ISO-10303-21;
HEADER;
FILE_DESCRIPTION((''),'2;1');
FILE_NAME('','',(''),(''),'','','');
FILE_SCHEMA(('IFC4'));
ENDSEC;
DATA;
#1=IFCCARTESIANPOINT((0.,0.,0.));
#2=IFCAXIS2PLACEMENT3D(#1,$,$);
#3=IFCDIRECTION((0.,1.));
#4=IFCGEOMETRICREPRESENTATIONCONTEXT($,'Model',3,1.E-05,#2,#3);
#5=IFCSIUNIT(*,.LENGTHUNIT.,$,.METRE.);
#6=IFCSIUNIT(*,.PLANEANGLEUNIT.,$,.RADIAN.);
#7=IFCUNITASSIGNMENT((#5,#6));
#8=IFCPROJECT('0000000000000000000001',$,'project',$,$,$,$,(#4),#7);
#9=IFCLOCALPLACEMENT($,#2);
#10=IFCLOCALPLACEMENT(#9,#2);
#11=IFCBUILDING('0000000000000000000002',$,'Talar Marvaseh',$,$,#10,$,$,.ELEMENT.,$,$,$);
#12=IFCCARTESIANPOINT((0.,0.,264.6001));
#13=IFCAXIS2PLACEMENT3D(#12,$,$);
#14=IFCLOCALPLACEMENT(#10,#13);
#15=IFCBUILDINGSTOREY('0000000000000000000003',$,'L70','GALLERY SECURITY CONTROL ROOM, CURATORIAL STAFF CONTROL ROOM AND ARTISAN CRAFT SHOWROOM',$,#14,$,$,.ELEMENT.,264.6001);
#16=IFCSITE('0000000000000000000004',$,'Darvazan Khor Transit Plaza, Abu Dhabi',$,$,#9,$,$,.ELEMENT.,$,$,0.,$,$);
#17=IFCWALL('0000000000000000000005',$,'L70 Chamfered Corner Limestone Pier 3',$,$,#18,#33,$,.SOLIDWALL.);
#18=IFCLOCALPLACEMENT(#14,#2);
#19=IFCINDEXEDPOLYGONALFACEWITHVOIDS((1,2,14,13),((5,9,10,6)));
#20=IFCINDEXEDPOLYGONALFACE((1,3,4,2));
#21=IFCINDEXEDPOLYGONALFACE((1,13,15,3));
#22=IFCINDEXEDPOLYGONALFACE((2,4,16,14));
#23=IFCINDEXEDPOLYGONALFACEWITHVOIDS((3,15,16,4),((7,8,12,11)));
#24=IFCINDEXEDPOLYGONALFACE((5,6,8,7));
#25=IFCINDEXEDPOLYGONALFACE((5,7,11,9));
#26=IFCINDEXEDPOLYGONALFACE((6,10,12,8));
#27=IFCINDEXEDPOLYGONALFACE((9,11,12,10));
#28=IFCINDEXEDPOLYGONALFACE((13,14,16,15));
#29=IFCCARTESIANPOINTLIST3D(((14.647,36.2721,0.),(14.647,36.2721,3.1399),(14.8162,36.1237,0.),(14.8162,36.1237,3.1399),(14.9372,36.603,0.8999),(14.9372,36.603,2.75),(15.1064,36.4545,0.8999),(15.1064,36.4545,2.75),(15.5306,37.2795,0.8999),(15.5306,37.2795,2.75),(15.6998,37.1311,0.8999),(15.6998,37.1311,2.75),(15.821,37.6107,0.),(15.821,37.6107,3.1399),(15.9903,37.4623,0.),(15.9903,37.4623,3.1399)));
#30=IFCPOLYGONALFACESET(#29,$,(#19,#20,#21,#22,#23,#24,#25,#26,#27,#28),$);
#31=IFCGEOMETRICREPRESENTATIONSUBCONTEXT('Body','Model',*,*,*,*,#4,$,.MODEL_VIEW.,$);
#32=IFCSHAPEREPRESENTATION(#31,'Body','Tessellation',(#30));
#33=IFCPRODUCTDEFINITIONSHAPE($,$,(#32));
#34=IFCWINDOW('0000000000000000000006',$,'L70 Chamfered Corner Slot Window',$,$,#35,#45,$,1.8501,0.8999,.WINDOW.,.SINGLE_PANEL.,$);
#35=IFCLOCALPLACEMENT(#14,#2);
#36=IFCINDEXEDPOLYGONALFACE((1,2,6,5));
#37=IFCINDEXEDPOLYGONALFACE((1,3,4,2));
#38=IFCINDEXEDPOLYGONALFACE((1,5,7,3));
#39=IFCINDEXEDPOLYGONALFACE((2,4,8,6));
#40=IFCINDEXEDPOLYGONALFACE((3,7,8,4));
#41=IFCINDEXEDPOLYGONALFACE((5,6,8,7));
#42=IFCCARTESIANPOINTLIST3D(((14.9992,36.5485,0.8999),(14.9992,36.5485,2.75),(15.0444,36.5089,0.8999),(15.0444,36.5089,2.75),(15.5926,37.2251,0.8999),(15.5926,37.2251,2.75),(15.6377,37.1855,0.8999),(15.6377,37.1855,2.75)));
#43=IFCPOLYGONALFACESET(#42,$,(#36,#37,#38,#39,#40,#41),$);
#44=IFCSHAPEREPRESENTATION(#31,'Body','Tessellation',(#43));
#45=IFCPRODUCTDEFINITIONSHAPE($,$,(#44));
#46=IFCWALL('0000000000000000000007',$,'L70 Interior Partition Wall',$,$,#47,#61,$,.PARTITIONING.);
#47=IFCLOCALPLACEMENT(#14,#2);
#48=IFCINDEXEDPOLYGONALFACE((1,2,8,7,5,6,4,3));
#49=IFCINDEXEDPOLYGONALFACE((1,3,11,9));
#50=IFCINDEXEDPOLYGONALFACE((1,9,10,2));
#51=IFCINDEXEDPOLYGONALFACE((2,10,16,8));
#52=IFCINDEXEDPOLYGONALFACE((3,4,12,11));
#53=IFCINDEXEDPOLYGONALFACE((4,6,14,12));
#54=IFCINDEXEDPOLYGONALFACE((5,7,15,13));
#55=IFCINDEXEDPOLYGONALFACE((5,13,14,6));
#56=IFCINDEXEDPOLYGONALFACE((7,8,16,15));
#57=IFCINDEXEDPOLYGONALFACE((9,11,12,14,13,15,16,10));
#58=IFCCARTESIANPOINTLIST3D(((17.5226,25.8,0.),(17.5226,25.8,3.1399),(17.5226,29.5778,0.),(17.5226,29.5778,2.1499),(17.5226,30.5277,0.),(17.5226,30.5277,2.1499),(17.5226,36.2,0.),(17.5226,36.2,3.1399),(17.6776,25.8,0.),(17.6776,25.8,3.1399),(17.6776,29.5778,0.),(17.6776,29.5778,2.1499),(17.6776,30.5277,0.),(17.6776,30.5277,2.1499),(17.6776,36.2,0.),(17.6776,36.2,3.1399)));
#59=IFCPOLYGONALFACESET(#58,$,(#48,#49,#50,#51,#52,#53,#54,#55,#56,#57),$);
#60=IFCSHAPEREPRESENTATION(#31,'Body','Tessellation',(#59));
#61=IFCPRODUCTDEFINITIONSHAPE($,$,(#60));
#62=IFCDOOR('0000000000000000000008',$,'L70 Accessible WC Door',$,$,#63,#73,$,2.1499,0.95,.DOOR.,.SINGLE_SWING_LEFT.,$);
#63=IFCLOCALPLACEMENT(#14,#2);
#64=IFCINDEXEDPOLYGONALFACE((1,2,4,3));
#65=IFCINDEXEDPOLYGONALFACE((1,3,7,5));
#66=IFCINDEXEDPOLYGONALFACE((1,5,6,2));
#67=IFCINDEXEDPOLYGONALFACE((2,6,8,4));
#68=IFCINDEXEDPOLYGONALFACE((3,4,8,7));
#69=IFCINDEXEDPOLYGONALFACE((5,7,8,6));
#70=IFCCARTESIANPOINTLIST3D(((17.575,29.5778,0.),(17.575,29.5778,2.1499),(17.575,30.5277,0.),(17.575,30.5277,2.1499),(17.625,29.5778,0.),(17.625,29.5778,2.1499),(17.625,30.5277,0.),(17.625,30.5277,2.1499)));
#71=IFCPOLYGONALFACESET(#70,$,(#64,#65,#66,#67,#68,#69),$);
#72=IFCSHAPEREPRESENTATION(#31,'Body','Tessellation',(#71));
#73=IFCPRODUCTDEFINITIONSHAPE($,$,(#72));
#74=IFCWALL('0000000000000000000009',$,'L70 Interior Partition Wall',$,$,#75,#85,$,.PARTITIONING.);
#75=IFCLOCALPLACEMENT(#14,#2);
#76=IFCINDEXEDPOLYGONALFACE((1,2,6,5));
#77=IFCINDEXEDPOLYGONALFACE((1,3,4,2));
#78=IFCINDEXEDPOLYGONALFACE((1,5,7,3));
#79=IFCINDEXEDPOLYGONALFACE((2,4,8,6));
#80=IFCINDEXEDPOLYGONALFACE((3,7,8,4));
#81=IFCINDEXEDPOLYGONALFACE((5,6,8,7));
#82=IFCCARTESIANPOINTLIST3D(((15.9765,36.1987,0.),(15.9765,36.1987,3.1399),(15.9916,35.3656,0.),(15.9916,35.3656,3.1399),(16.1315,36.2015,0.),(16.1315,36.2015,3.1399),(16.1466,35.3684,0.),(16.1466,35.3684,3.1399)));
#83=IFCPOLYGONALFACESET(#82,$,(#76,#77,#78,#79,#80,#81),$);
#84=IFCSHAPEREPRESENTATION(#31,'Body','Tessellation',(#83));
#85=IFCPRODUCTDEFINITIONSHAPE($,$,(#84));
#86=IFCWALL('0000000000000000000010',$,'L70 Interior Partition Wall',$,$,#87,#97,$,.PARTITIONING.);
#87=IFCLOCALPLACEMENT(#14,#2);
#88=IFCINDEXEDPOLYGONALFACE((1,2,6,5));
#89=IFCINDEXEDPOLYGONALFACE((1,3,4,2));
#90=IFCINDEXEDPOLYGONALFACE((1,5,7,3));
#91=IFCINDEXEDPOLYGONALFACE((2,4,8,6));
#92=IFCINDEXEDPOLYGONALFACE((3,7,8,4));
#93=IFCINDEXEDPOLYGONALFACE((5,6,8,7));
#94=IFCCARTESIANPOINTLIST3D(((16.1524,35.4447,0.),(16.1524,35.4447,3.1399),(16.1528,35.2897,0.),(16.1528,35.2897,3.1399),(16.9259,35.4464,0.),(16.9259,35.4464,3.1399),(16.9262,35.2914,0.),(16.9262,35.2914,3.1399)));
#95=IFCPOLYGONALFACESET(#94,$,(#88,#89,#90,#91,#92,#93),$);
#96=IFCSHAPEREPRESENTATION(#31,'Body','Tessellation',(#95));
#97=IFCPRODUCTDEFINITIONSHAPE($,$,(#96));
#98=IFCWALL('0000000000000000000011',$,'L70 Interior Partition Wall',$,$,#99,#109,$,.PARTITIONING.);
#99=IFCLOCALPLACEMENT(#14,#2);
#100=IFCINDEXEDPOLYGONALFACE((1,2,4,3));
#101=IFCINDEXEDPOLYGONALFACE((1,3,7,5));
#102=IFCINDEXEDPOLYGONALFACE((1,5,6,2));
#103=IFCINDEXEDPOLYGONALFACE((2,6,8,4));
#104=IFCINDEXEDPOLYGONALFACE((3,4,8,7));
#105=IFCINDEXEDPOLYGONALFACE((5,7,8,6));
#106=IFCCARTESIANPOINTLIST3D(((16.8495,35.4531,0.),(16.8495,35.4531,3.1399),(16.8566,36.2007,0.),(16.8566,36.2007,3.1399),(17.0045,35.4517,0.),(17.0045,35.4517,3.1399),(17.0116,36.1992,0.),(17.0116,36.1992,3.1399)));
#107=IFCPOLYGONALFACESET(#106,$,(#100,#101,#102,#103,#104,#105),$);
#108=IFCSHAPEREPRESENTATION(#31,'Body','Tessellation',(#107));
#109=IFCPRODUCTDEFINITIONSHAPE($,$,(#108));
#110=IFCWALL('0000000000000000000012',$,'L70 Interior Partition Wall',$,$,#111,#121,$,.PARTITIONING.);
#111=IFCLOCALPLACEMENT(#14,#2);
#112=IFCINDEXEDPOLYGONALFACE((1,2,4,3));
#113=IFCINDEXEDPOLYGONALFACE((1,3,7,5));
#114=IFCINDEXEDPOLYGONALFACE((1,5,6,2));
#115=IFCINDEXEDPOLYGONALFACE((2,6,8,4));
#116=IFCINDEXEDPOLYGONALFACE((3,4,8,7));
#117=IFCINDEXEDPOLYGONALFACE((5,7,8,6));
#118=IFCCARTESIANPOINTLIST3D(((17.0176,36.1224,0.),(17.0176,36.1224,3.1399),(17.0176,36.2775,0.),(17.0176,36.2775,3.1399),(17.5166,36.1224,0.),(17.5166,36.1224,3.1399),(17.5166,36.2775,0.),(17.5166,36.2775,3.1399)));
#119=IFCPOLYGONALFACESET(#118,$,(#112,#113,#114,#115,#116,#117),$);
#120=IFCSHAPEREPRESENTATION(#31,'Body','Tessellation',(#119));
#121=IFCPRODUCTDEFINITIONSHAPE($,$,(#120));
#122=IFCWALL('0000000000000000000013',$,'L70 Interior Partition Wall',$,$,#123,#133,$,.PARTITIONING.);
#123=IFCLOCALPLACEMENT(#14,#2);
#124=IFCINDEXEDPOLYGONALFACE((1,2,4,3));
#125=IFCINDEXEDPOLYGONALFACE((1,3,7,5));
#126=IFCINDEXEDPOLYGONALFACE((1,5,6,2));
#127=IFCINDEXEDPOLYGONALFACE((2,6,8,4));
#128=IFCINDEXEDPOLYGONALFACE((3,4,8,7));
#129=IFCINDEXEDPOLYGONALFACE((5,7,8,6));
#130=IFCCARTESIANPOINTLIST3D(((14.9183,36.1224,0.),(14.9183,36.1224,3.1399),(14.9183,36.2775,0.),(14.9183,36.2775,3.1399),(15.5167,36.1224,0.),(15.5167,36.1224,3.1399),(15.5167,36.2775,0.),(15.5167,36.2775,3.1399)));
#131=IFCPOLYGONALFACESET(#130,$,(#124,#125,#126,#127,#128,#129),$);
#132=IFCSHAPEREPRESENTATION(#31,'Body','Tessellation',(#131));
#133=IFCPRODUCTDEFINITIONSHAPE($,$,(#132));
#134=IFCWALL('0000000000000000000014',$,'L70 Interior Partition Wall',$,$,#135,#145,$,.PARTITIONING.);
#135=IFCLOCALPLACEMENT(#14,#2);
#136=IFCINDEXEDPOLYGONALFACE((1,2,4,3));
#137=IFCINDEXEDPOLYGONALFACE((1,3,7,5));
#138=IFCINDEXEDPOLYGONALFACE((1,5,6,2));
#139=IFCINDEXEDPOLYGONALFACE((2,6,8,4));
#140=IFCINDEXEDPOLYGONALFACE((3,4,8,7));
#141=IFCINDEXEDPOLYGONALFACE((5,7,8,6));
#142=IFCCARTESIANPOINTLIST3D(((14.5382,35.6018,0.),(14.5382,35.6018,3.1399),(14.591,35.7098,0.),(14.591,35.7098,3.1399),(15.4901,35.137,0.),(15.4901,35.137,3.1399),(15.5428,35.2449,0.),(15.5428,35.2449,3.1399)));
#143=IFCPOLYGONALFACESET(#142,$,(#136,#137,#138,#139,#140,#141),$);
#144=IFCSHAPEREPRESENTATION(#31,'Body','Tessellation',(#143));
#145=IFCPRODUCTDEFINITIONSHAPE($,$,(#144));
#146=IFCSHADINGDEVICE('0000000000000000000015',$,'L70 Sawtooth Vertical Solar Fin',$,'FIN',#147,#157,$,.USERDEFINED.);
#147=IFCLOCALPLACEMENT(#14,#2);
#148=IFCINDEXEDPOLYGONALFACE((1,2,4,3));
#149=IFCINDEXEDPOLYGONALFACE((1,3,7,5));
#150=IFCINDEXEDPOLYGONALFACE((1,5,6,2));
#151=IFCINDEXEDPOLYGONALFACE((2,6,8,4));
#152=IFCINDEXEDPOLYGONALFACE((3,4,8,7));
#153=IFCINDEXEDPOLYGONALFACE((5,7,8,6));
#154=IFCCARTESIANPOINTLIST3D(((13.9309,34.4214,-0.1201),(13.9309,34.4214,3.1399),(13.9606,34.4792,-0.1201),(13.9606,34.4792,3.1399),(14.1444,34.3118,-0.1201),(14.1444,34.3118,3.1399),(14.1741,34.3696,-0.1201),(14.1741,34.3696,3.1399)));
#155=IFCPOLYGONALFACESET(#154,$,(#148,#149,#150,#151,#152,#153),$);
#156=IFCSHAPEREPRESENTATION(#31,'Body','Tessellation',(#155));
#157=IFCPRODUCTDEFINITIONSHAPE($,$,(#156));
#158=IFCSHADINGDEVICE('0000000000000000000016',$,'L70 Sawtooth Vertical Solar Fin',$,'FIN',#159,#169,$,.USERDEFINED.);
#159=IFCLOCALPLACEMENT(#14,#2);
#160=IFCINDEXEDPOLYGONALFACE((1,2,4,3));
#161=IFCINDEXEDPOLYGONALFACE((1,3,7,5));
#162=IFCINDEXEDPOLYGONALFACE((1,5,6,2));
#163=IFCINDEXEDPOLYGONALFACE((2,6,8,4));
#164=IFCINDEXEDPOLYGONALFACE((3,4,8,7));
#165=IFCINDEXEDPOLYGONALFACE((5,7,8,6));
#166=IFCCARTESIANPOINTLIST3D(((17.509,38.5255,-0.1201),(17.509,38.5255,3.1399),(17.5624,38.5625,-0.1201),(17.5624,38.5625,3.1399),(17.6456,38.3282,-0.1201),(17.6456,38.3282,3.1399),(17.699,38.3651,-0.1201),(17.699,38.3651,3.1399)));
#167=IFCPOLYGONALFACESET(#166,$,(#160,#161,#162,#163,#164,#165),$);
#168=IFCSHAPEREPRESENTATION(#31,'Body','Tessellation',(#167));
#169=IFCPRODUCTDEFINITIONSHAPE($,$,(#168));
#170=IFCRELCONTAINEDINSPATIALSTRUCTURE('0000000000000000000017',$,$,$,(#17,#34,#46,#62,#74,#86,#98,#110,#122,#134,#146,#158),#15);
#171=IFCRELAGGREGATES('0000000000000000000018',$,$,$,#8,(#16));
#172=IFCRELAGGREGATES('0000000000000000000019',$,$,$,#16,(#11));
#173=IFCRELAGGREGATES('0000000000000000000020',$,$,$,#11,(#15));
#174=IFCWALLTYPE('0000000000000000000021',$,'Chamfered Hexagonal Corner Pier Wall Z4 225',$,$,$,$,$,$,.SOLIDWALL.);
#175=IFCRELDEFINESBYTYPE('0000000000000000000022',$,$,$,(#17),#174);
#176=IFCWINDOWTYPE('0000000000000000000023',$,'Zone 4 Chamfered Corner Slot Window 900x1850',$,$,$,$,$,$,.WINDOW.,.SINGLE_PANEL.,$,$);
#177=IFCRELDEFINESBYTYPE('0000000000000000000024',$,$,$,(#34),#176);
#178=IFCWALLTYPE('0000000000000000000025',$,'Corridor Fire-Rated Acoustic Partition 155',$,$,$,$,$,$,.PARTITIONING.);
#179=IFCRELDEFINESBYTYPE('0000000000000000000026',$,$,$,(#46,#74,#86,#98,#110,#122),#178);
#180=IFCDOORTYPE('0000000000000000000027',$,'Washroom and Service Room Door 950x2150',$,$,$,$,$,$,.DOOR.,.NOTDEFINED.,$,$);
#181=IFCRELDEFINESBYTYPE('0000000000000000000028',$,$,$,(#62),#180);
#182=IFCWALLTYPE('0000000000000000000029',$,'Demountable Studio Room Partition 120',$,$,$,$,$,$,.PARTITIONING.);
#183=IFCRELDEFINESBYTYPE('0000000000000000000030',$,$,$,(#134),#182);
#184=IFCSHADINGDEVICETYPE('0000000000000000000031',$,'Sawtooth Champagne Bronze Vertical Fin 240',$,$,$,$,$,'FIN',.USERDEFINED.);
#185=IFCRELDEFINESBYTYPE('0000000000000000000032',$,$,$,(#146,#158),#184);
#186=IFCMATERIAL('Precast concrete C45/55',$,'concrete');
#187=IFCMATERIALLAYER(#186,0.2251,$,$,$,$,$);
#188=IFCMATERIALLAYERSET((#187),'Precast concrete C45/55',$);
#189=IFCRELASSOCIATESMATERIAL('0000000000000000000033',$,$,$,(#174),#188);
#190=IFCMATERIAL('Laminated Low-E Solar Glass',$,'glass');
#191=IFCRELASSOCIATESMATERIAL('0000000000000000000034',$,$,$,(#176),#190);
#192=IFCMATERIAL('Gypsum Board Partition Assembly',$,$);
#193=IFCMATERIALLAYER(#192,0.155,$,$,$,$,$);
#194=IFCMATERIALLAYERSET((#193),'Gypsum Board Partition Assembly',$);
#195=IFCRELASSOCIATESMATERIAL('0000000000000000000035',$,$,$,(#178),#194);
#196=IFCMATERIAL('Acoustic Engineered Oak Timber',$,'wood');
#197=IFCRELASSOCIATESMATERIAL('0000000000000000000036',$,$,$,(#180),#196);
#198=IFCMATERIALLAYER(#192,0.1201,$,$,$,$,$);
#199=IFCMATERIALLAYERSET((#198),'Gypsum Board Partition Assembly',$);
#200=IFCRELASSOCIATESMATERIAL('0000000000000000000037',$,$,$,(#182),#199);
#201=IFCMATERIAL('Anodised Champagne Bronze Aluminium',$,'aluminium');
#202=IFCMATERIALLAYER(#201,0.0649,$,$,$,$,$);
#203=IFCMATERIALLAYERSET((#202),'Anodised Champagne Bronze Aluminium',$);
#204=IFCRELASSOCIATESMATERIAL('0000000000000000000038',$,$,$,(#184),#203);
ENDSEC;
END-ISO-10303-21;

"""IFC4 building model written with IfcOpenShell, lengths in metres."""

from ifc_helpers import new_model, si_unit, direction, frame, frame_2d, origin, origin_2d, place, context, subcontext, project, spatial, rectangle, extrude, source, transform, mapped, material, layer, layer_set, type_object, type_shapes, element, fill, save


model = new_model("IFC4")

# Units and contexts
model_context = context("Model", 3, precision=1e-05, world=origin(), true_north=direction((0.0, 1.0)))
body_context = subcontext(model_context, "Body", "Model", "MODEL_VIEW")
ifc_project = project(units=[si_unit("LENGTHUNIT", "METRE"), si_unit("PLANEANGLEUNIT", "RADIAN")], contexts=[model_context])

# Site, building, storey
site_placement = place(None, origin())
site = spatial("IfcSite", under=ifc_project, at=site_placement, Name="Darvazan Khor Transit Plaza, Abu Dhabi", CompositionType="ELEMENT", RefElevation=0.0)
building_placement = place(site_placement, origin())
building = spatial("IfcBuilding", under=site, at=building_placement, Name="Talar Marvaseh", CompositionType="ELEMENT")
storey_placement = place(building_placement, frame((0.0, 0.0, 264.6001)))
storey = spatial("IfcBuildingStorey", under=building, at=storey_placement, Name="L70", Description="GALLERY SECURITY CONTROL ROOM, CURATORIAL STAFF CONTROL ROOM AND ARTISAN CRAFT SHOWROOM", CompositionType="ELEMENT", Elevation=264.6001)

# Shared definitions
ifc_material_1 = material(Name="Laminated Low-E Solar Glass", Category="glass")

# Wall, opening, window
ifc_material_2 = material(Name="Precast concrete C45/55", Category="concrete")
ifc_layer_1 = layer(ifc_material_2, 0.2251)
ifc_layer_set_1 = layer_set([ifc_layer_1], Name="Precast concrete C45/55")
wall_type_1 = type_object("IfcWallType", Name="Chamfered Hexagonal Corner Pier Wall Z4 225", PredefinedType="SOLIDWALL", material=ifc_layer_set_1)
wall_1_placement = place(storey_placement, frame((14.7317, 36.198, 0.0), z_axis=(0.0, 0.0, 1.0), x_axis=(0.659388, 0.751803, 0.0)))
wall_1 = element("IfcWall", 1, at=wall_1_placement, inside=storey, type_object=wall_type_1, Name="L70 Chamfered Corner Limestone Pier 3", PredefinedType="SOLIDWALL", context=body_context, shape_type="SweptSolid", body=[
    extrude(rectangle(XDim=1.7805, YDim=0.2251, at=frame_2d((0.8901, 0.0))), origin(), (0.0, 0.0, 1.0), 3.1399),
])
opening_1_placement = place(wall_1_placement, frame((0.4399, 0.0, 0.8999)))
opening_1 = element("IfcOpeningElement", 2, at=opening_1_placement, cuts=wall_1, PredefinedType="OPENING", context=body_context, shape_type="SweptSolid", body=[
    extrude(rectangle(XDim=0.8999, YDim=1.8501, at=frame_2d((0.45, 0.925))), frame((0.0, 0.1226, 0.0), z_axis=(0.0, -1.0, 0.0), x_axis=(1.0, 0.0, 0.0)), (0.0, 0.0, 1.0), 0.2451),
])
window_type = type_object("IfcWindowType", Name="Zone 4 Chamfered Corner Slot Window 900x1850", PartitioningType="SINGLE_PANEL", PredefinedType="WINDOW", material=ifc_material_1)
shared_shape_1 = source(origin(), body_context, "Body", "SweptSolid", [
    extrude(rectangle(XDim=0.8999, YDim=1.8501, at=frame_2d((0.45, 0.925))), frame((0.0, 0.03, 0.0), z_axis=(0.0, -1.0, 0.0), x_axis=(1.0, 0.0, 0.0)), (0.0, 0.0, 1.0), 0.0601),
])
type_shapes(window_type, [shared_shape_1])
window_placement = place(opening_1_placement, origin())
window = element("IfcWindow", 3, at=window_placement, inside=storey, type_object=window_type, Name="L70 Chamfered Corner Slot Window", OverallHeight=1.8501, OverallWidth=0.8999, PartitioningType="SINGLE_PANEL", PredefinedType="WINDOW", context=body_context, shape_type="MappedRepresentation", body=[
    mapped(shared_shape_1, transform((0.0, 0.0, 0.0), x_axis=(1.0, 0.0, 0.0), y_axis=(0.0, 1.0, 0.0), z_axis=(0.0, 0.0, 1.0), scale=1.0)),
])
fill(opening_1, window)

# Wall, opening, door
ifc_material_3 = material(Name="Gypsum Board Partition Assembly")
ifc_layer_2 = layer(ifc_material_3, 0.155)
ifc_layer_set_2 = layer_set([ifc_layer_2], Name="Gypsum Board Partition Assembly")
wall_type_2 = type_object("IfcWallType", Name="Corridor Fire-Rated Acoustic Partition 155", PredefinedType="PARTITIONING", material=ifc_layer_set_2)
wall_2_placement = place(storey_placement, frame((17.6001, 36.2, 0.0), z_axis=(0.0, 0.0, 1.0), x_axis=(0.0, -1.0, 0.0)))
wall_2 = element("IfcWall", 4, at=wall_2_placement, inside=storey, type_object=wall_type_2, Name="L70 Interior Partition Wall", PredefinedType="PARTITIONING", context=body_context, shape_type="SweptSolid", body=[
    extrude(rectangle(XDim=10.3999, YDim=0.155, at=frame_2d((5.2, 0.0))), origin(), (0.0, 0.0, 1.0), 3.1399),
])
opening_2_placement = place(wall_2_placement, frame((5.6721, 0.0, 0.0)))
opening_2 = element("IfcOpeningElement", 5, at=opening_2_placement, cuts=wall_2, PredefinedType="OPENING", context=body_context, shape_type="SweptSolid", body=[
    extrude(rectangle(XDim=0.95, YDim=2.1499, at=frame_2d((0.4751, 1.075))), frame((0.0, 0.0874, 0.0), z_axis=(0.0, -1.0, 0.0), x_axis=(1.0, 0.0, 0.0)), (0.0, 0.0, 1.0), 0.175),
])
ifc_material_4 = material(Name="Acoustic Engineered Oak Timber", Category="wood")
door_type = type_object("IfcDoorType", Name="Washroom and Service Room Door 950x2150", OperationType="NOTDEFINED", PredefinedType="DOOR", material=ifc_material_4)
shared_shape_2 = source(origin(), body_context, "Body", "SweptSolid", [
    extrude(rectangle(XDim=0.95, YDim=2.1499, at=frame_2d((0.4751, 1.075))), frame((0.0, 0.0249, 0.0), z_axis=(0.0, -1.0, 0.0), x_axis=(1.0, 0.0, 0.0)), (0.0, 0.0, 1.0), 0.05),
])
type_shapes(door_type, [shared_shape_2])
door_placement = place(opening_2_placement, origin())
door = element("IfcDoor", 6, at=door_placement, inside=storey, type_object=door_type, Name="L70 Accessible WC Door", OperationType="SINGLE_SWING_LEFT", OverallHeight=2.1499, OverallWidth=0.95, PredefinedType="DOOR", context=body_context, shape_type="MappedRepresentation", body=[
    mapped(shared_shape_2, transform((0.0, 0.0, 0.0), x_axis=(1.0, 0.0, 0.0), y_axis=(0.0, 1.0, 0.0), z_axis=(0.0, 0.0, 1.0), scale=1.0)),
])
fill(opening_2, door)

# Walls
wall_3_placement = place(storey_placement, frame((16.054, 36.2, 0.0), z_axis=(0.0, 0.0, 1.0), x_axis=(0.018168, -0.999835, 0.0)))
element("IfcWall", 7, at=wall_3_placement, inside=storey, type_object=wall_type_2, Name="L70 Interior Partition Wall", PredefinedType="PARTITIONING", context=body_context, shape_type="SweptSolid", body=[
    extrude(rectangle(XDim=0.8333, YDim=0.155, at=frame_2d((0.4165, 0.0))), origin(), (0.0, 0.0, 1.0), 3.1399),
])
wall_4_placement = place(storey_placement, frame((16.1526, 35.3672, 0.0), z_axis=(0.0, 0.0, 1.0), x_axis=(0.999998, 0.00221, 0.0)))
element("IfcWall", 8, at=wall_4_placement, inside=storey, type_object=wall_type_2, Name="L70 Interior Partition Wall", PredefinedType="PARTITIONING", context=body_context, shape_type="SweptSolid", body=[
    extrude(rectangle(XDim=0.7734, YDim=0.155, at=frame_2d((0.3867, 0.0))), origin(), (0.0, 0.0, 1.0), 3.1399),
])
wall_5_placement = place(storey_placement, frame((16.927, 35.4524, 0.0), z_axis=(0.0, 0.0, 1.0), x_axis=(0.009471, 0.999955, 0.0)))
element("IfcWall", 9, at=wall_5_placement, inside=storey, type_object=wall_type_2, Name="L70 Interior Partition Wall", PredefinedType="PARTITIONING", context=body_context, shape_type="SweptSolid", body=[
    extrude(rectangle(XDim=0.7476, YDim=0.155, at=frame_2d((0.3738, 0.0))), origin(), (0.0, 0.0, 1.0), 3.1399),
])
wall_6_placement = place(storey_placement, frame((17.0176, 36.2, 0.0), z_axis=(0.0, 0.0, 1.0), x_axis=(1.0, 0.0, 0.0)))
element("IfcWall", 10, at=wall_6_placement, inside=storey, type_object=wall_type_2, Name="L70 Interior Partition Wall", PredefinedType="PARTITIONING", context=body_context, shape_type="SweptSolid", body=[
    extrude(rectangle(XDim=0.499, YDim=0.155, at=frame_2d((0.2495, 0.0))), origin(), (0.0, 0.0, 1.0), 3.1399),
])
wall_7_placement = place(storey_placement, frame((14.9182, 36.2, 0.0), z_axis=(0.0, 0.0, 1.0), x_axis=(1.0, 0.0, 0.0)))
element("IfcWall", 11, at=wall_7_placement, inside=storey, type_object=wall_type_2, Name="L70 Interior Partition Wall", PredefinedType="PARTITIONING", context=body_context, shape_type="SweptSolid", body=[
    extrude(rectangle(XDim=0.5984, YDim=0.155, at=frame_2d((0.2993, 0.0))), origin(), (0.0, 0.0, 1.0), 3.1399),
])
ifc_layer_3 = layer(ifc_material_3, 0.1201)
ifc_layer_set_3 = layer_set([ifc_layer_3], Name="Gypsum Board Partition Assembly")
wall_type_3 = type_object("IfcWallType", Name="Demountable Studio Room Partition 120", PredefinedType="PARTITIONING", material=ifc_layer_set_3)
wall_8_placement = place(storey_placement, frame((15.5166, 35.1909, 0.0), z_axis=(0.0, 0.0, 1.0), x_axis=(-0.898582, 0.438805, 0.0)))
element("IfcWall", 12, at=wall_8_placement, inside=storey, type_object=wall_type_3, Name="L70 Interior Partition Wall", PredefinedType="PARTITIONING", context=body_context, shape_type="SweptSolid", body=[
    extrude(rectangle(XDim=1.0593, YDim=0.1201, at=frame_2d((0.5298, 0.0))), origin(), (0.0, 0.0, 1.0), 3.1399),
])

# Shading devices
ifc_material_5 = material(Name="Anodised Champagne Bronze Aluminium", Category="aluminium")
ifc_layer_4 = layer(ifc_material_5, 0.0649)
ifc_layer_set_4 = layer_set([ifc_layer_4], Name="Anodised Champagne Bronze Aluminium")
shading_device_type = type_object("IfcShadingDeviceType", Name="Sawtooth Champagne Bronze Vertical Fin 240", ElementType="FIN", PredefinedType="USERDEFINED", material=ifc_layer_set_4)
shared_shape_3 = source(origin(), body_context, "Body", "SweptSolid", [
    extrude(rectangle(XDim=0.24, YDim=0.0649, at=origin_2d()), origin(), (0.0, 0.0, 1.0), 3.26),
])
type_shapes(shading_device_type, [shared_shape_3])
for number, where, z_axis, x_axis, name in (
    (13, (14.0525, 34.3955, -0.1201), (0.0, 0.0, 1.0), (-0.889576, 0.456787, 0.0), "L70 Sawtooth Vertical Solar Fin"),
    (14, (17.604, 38.4453, -0.1201), (0.0, 0.0, 1.0), (-0.568993, 0.822343, 0.0), "L70 Sawtooth Vertical Solar Fin"),
):
    element("IfcShadingDevice", number, at=place(storey_placement, frame(where, z_axis=z_axis, x_axis=x_axis)), inside=storey, type_object=shading_device_type, Name=name, ObjectType="FIN", PredefinedType="USERDEFINED", context=body_context, shape_type="MappedRepresentation", body=[
        mapped(shared_shape_3, transform((0.0, 0.0, 0.0), x_axis=(1.0, 0.0, 0.0), y_axis=(0.0, 1.0, 0.0), z_axis=(0.0, 0.0, 1.0), scale=1.0)),
    ])

save(model, "model.ifc")
